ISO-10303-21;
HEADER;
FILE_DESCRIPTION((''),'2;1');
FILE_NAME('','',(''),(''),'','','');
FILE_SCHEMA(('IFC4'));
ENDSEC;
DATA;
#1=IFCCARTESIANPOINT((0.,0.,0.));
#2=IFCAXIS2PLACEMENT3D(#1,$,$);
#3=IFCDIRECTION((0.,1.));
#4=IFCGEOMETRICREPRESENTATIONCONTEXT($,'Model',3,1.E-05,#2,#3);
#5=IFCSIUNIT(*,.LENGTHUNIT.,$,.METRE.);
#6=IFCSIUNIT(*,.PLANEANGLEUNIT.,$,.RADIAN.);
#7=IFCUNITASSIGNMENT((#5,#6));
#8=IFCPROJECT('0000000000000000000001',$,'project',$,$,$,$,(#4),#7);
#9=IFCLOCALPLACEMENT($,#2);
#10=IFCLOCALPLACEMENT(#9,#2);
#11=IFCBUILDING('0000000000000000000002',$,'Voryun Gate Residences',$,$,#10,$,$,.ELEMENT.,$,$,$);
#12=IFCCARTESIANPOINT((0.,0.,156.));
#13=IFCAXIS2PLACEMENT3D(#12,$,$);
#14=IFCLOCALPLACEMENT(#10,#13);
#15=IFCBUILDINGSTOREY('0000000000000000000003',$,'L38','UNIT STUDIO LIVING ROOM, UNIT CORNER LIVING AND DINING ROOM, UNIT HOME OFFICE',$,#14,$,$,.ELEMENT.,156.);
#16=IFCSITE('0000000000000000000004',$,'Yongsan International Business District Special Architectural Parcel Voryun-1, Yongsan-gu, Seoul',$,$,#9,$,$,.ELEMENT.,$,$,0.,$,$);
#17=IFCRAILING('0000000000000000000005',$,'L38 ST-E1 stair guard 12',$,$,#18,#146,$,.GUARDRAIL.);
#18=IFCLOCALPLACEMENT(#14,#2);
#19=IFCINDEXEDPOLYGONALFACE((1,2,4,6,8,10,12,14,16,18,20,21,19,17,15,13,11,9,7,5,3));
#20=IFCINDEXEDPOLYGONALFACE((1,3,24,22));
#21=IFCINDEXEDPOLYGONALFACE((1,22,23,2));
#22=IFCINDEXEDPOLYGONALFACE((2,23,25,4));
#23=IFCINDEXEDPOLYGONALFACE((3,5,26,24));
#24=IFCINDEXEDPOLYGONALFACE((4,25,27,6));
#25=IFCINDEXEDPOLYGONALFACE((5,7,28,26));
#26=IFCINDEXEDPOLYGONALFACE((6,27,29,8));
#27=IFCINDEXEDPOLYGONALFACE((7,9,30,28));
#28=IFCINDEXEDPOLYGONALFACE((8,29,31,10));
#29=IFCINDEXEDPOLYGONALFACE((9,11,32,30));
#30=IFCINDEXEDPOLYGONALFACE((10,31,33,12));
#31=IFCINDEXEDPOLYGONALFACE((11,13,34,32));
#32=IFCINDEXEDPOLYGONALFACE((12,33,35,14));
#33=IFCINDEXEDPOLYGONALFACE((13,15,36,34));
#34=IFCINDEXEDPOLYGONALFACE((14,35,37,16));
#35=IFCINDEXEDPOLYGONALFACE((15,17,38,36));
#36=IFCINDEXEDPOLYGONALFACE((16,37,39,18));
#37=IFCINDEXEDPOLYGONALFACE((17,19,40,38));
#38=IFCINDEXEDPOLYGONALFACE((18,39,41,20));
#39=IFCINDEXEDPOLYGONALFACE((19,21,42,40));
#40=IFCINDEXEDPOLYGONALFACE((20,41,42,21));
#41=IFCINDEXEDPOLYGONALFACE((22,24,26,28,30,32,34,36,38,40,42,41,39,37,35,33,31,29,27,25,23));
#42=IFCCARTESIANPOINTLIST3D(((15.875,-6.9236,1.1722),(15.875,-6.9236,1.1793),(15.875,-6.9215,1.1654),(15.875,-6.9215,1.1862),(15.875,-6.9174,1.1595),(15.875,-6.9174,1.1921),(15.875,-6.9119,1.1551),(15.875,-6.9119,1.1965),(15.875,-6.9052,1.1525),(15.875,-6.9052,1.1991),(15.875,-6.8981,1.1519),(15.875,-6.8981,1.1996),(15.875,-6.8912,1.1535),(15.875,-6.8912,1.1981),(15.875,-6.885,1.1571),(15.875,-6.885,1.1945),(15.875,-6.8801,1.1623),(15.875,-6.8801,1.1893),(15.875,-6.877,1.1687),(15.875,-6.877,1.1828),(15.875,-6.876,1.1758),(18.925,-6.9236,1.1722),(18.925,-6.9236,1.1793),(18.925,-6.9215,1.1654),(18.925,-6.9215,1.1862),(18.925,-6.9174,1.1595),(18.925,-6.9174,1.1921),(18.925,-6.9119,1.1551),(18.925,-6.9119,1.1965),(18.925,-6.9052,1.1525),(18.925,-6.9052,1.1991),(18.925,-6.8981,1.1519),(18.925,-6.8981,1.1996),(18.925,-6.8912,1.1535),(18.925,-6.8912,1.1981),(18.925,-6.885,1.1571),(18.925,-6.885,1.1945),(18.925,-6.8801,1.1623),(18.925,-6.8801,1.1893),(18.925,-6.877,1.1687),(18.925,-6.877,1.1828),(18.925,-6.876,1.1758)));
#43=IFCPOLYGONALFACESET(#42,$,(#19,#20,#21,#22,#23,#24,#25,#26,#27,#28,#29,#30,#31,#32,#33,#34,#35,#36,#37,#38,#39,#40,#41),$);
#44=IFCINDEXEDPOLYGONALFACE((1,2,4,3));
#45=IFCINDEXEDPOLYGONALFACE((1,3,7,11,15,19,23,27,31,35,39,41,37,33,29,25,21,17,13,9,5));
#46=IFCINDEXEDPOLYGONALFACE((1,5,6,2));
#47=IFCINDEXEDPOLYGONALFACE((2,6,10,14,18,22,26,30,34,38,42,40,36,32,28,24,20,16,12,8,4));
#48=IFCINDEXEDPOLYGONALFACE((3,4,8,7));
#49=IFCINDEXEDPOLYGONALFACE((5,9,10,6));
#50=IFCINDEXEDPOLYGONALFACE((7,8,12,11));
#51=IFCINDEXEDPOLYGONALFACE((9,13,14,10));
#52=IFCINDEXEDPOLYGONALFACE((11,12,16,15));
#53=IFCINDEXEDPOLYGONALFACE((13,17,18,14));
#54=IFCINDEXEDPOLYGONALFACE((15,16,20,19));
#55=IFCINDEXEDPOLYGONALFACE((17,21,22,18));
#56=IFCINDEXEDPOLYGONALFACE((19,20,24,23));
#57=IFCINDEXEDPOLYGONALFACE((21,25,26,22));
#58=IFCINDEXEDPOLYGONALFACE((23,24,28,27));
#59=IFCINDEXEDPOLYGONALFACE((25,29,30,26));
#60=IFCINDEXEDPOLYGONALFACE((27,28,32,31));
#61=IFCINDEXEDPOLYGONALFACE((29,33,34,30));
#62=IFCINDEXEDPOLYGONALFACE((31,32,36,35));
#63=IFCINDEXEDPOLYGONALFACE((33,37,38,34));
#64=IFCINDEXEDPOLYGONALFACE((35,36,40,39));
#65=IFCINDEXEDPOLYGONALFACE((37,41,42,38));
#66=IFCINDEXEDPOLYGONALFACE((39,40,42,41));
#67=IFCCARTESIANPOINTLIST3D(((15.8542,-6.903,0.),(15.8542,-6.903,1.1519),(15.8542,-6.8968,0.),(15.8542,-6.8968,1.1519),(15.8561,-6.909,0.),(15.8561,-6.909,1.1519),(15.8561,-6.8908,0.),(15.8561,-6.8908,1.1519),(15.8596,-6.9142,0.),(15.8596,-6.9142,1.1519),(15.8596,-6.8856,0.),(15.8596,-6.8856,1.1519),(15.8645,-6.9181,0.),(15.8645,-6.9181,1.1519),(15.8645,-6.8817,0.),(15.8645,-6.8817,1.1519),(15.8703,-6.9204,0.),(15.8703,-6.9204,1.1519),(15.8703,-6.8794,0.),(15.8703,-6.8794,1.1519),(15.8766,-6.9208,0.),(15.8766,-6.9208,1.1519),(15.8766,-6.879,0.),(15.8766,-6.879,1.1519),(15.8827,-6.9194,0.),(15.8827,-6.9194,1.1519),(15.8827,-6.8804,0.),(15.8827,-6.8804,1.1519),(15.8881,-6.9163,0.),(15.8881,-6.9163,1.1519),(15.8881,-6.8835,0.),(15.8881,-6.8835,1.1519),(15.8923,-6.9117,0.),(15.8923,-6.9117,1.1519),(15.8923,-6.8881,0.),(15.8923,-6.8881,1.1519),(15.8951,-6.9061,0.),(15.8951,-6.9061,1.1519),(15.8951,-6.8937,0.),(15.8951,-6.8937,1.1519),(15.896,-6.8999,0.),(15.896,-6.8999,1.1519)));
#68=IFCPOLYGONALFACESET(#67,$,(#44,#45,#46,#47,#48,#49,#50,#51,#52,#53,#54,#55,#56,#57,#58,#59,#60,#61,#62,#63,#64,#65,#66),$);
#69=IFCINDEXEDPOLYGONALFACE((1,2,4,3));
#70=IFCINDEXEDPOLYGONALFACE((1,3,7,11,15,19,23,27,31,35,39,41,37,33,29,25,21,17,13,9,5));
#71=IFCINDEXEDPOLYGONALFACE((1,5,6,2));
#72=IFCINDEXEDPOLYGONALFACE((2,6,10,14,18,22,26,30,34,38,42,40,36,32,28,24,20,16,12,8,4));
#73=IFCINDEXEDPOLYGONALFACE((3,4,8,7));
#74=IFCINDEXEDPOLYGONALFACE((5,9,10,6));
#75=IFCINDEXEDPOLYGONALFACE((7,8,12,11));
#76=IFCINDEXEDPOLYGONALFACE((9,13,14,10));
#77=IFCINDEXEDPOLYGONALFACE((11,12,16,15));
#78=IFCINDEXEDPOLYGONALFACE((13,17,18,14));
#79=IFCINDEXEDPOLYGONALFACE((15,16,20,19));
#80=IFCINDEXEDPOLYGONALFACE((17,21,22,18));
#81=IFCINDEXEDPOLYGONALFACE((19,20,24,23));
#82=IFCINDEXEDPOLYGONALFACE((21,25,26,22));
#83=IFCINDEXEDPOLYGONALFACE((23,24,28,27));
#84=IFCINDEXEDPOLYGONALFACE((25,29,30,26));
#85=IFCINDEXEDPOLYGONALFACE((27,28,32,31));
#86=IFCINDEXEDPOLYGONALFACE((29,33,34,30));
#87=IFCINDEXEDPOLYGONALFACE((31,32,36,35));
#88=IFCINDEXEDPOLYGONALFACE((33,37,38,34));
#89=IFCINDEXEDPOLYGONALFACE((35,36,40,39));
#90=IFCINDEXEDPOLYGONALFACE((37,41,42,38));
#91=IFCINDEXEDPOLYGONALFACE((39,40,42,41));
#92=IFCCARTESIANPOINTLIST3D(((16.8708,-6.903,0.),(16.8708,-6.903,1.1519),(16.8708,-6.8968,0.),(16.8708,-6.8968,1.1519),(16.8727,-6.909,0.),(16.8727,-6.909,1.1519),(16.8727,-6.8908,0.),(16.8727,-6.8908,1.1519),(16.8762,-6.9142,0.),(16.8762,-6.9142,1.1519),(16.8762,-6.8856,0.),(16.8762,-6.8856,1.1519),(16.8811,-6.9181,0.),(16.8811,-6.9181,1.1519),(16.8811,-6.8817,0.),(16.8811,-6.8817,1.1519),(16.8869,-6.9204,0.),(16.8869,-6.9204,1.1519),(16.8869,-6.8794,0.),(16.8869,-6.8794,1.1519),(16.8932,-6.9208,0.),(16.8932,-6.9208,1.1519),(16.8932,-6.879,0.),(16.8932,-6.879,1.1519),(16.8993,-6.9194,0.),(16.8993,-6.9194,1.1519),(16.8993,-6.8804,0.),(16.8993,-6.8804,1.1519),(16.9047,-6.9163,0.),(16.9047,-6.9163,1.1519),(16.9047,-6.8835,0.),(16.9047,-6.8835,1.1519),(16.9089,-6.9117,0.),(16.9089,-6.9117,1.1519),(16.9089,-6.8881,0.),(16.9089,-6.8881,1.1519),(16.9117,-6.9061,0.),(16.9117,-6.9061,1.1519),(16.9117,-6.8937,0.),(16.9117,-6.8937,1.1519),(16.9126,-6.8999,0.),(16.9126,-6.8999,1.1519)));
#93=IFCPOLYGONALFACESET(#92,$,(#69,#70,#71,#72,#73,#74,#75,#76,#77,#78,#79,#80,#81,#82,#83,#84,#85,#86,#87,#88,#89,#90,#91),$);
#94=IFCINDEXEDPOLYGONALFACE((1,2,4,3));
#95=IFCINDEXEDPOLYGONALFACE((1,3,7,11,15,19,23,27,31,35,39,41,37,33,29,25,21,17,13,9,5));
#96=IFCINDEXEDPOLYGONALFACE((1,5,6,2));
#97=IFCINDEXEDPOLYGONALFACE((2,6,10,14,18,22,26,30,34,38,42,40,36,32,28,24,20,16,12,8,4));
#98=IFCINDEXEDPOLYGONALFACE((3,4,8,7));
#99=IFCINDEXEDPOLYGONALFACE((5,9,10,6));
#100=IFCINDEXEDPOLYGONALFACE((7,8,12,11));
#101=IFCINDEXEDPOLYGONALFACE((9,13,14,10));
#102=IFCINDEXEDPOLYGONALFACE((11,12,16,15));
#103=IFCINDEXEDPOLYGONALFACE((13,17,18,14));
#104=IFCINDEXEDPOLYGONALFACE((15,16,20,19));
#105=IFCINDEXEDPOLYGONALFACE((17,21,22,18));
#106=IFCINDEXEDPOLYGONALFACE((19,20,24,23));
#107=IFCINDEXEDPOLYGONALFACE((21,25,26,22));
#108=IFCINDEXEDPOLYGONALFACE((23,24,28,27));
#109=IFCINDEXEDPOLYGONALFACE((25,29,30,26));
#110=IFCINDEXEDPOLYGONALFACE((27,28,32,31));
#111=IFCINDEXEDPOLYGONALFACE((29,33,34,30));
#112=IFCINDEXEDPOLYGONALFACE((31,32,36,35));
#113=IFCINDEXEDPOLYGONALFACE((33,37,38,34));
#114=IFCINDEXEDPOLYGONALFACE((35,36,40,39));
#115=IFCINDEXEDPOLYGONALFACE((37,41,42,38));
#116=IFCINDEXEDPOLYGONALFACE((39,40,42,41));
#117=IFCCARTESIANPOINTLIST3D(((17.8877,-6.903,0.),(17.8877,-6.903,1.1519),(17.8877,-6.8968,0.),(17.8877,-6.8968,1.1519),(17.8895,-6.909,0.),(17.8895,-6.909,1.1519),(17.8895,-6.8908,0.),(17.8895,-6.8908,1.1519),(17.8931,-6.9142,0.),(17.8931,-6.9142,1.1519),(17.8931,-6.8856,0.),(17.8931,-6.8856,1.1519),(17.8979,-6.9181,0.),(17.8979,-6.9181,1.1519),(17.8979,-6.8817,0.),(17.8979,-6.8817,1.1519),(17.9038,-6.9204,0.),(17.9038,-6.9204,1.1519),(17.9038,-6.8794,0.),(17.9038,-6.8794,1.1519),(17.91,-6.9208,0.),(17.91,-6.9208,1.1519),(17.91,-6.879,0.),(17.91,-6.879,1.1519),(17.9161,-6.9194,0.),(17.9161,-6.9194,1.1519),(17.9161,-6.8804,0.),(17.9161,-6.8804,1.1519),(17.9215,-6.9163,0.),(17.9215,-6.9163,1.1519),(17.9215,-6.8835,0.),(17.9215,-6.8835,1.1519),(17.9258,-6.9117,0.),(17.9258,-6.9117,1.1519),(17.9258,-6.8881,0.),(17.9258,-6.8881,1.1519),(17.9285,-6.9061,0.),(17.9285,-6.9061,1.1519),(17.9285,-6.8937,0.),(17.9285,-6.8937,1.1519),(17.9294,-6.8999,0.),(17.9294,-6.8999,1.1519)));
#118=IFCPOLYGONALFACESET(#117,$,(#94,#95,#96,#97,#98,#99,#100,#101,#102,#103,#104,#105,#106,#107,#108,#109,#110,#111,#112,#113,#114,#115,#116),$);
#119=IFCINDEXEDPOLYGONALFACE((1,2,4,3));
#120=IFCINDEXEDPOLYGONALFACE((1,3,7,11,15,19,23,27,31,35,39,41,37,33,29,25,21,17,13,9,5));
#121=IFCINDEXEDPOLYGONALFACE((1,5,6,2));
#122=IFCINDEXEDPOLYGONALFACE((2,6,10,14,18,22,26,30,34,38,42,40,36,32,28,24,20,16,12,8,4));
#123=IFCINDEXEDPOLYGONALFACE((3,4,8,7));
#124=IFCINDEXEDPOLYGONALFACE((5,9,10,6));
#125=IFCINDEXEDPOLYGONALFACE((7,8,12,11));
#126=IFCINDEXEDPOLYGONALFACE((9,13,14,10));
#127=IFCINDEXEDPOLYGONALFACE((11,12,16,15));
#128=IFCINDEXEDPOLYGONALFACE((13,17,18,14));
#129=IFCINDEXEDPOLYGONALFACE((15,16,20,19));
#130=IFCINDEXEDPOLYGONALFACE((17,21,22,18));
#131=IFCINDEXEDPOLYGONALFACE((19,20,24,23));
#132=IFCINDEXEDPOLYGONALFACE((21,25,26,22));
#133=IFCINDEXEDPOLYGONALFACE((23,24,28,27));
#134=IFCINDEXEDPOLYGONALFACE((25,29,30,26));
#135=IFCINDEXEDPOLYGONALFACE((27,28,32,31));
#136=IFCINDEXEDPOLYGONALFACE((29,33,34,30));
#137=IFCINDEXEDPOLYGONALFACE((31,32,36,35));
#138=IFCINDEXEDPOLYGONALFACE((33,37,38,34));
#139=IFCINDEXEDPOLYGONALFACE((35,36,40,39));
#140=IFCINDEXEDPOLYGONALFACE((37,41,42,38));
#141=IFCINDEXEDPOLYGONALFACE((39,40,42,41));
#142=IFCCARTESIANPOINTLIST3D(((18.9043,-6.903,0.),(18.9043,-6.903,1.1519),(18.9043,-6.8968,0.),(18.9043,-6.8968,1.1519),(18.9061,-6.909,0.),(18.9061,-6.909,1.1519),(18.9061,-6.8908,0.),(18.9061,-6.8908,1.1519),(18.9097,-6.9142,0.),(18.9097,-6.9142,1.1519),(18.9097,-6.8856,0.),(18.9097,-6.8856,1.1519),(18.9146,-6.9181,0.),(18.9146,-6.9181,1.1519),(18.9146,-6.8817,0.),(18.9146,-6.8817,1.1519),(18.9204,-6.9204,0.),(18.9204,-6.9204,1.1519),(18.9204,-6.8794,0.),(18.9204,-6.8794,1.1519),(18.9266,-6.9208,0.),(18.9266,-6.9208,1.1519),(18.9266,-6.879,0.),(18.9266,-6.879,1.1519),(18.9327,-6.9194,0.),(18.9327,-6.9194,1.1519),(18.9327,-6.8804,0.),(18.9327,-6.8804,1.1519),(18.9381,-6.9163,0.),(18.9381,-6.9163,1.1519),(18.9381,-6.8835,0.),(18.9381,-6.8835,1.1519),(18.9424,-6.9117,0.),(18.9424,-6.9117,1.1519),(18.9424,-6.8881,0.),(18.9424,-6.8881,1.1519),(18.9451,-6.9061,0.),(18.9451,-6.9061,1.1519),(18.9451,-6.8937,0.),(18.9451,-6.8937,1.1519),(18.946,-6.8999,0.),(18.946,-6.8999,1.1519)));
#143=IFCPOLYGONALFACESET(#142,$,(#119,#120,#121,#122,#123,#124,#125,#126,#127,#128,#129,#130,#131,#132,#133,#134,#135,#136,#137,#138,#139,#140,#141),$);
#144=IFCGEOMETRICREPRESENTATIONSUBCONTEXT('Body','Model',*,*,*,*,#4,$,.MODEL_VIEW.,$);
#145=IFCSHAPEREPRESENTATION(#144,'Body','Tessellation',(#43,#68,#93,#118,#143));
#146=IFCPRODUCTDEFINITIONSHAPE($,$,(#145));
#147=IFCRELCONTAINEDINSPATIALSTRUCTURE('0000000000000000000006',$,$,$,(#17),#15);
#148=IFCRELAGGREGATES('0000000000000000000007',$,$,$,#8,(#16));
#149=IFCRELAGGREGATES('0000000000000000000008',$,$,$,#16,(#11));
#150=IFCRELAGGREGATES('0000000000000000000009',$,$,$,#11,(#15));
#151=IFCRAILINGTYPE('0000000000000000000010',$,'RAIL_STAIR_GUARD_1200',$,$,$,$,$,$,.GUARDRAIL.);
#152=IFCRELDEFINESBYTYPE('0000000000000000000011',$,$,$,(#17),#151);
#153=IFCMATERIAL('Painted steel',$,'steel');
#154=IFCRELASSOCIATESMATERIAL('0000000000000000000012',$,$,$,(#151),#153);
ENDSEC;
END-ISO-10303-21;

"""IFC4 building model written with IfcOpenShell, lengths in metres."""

from ifc_helpers import new_model, si_unit, direction, frame, origin, origin_2d, place, context, subcontext, project, spatial, circle, extrude, material, type_object, element, save


model = new_model("IFC4")

# Units and contexts
model_context = context("Model", 3, precision=1e-05, world=origin(), true_north=direction((0.0, 1.0)))
body_context = subcontext(model_context, "Body", "Model", "MODEL_VIEW")
ifc_project = project(units=[si_unit("LENGTHUNIT", "METRE"), si_unit("PLANEANGLEUNIT", "RADIAN")], contexts=[model_context])

# Site, building, storey
site_placement = place(None, origin())
site = spatial("IfcSite", under=ifc_project, at=site_placement, Name="Yongsan International Business District Special Architectural Parcel Voryun-1, Yongsan-gu, Seoul", CompositionType="ELEMENT", RefElevation=0.0)
building_placement = place(site_placement, origin())
building = spatial("IfcBuilding", under=site, at=building_placement, Name="Voryun Gate Residences", CompositionType="ELEMENT")
storey_placement = place(building_placement, frame((0.0, 0.0, 156.0)))
storey = spatial("IfcBuildingStorey", under=building, at=storey_placement, Name="L38", Description="UNIT STUDIO LIVING ROOM, UNIT CORNER LIVING AND DINING ROOM, UNIT HOME OFFICE", CompositionType="ELEMENT", Elevation=156.0)

# Railing
ifc_material_1 = material(Name="Painted steel", Category="steel")
railing_type_1 = type_object("IfcRailingType", Name="RAIL_STAIR_GUARD_1200", PredefinedType="GUARDRAIL", material=ifc_material_1)
railing_1_placement = place(storey_placement, frame((15.875, -6.8999, 0.0)))
element("IfcRailing", 1, at=railing_1_placement, inside=storey, type_object=railing_type_1, Name="L38 ST-E1 stair guard 12", PredefinedType="GUARDRAIL", context=body_context, shape_type="SweptSolid", body=[
    extrude(circle(Radius=0.0239, at=origin_2d()), frame((0.0, 0.0, 1.1758), z_axis=(1.0, 0.0, 0.0), x_axis=(0.0, 1.0, 0.0)), (0.0, 0.0, 1.0), 3.05),
    extrude(circle(Radius=0.021, at=origin_2d()), origin(), (0.0, 0.0, 1.0), 1.1519),
    extrude(circle(Radius=0.021, at=origin_2d()), frame((1.0166, 0.0, 0.0)), (0.0, 0.0, 1.0), 1.1519),
    extrude(circle(Radius=0.021, at=origin_2d()), frame((2.0334, 0.0, 0.0)), (0.0, 0.0, 1.0), 1.1519),
    extrude(circle(Radius=0.021, at=origin_2d()), frame((3.05, 0.0, 0.0)), (0.0, 0.0, 1.0), 1.1519),
])

save(model, "model.ifc")
